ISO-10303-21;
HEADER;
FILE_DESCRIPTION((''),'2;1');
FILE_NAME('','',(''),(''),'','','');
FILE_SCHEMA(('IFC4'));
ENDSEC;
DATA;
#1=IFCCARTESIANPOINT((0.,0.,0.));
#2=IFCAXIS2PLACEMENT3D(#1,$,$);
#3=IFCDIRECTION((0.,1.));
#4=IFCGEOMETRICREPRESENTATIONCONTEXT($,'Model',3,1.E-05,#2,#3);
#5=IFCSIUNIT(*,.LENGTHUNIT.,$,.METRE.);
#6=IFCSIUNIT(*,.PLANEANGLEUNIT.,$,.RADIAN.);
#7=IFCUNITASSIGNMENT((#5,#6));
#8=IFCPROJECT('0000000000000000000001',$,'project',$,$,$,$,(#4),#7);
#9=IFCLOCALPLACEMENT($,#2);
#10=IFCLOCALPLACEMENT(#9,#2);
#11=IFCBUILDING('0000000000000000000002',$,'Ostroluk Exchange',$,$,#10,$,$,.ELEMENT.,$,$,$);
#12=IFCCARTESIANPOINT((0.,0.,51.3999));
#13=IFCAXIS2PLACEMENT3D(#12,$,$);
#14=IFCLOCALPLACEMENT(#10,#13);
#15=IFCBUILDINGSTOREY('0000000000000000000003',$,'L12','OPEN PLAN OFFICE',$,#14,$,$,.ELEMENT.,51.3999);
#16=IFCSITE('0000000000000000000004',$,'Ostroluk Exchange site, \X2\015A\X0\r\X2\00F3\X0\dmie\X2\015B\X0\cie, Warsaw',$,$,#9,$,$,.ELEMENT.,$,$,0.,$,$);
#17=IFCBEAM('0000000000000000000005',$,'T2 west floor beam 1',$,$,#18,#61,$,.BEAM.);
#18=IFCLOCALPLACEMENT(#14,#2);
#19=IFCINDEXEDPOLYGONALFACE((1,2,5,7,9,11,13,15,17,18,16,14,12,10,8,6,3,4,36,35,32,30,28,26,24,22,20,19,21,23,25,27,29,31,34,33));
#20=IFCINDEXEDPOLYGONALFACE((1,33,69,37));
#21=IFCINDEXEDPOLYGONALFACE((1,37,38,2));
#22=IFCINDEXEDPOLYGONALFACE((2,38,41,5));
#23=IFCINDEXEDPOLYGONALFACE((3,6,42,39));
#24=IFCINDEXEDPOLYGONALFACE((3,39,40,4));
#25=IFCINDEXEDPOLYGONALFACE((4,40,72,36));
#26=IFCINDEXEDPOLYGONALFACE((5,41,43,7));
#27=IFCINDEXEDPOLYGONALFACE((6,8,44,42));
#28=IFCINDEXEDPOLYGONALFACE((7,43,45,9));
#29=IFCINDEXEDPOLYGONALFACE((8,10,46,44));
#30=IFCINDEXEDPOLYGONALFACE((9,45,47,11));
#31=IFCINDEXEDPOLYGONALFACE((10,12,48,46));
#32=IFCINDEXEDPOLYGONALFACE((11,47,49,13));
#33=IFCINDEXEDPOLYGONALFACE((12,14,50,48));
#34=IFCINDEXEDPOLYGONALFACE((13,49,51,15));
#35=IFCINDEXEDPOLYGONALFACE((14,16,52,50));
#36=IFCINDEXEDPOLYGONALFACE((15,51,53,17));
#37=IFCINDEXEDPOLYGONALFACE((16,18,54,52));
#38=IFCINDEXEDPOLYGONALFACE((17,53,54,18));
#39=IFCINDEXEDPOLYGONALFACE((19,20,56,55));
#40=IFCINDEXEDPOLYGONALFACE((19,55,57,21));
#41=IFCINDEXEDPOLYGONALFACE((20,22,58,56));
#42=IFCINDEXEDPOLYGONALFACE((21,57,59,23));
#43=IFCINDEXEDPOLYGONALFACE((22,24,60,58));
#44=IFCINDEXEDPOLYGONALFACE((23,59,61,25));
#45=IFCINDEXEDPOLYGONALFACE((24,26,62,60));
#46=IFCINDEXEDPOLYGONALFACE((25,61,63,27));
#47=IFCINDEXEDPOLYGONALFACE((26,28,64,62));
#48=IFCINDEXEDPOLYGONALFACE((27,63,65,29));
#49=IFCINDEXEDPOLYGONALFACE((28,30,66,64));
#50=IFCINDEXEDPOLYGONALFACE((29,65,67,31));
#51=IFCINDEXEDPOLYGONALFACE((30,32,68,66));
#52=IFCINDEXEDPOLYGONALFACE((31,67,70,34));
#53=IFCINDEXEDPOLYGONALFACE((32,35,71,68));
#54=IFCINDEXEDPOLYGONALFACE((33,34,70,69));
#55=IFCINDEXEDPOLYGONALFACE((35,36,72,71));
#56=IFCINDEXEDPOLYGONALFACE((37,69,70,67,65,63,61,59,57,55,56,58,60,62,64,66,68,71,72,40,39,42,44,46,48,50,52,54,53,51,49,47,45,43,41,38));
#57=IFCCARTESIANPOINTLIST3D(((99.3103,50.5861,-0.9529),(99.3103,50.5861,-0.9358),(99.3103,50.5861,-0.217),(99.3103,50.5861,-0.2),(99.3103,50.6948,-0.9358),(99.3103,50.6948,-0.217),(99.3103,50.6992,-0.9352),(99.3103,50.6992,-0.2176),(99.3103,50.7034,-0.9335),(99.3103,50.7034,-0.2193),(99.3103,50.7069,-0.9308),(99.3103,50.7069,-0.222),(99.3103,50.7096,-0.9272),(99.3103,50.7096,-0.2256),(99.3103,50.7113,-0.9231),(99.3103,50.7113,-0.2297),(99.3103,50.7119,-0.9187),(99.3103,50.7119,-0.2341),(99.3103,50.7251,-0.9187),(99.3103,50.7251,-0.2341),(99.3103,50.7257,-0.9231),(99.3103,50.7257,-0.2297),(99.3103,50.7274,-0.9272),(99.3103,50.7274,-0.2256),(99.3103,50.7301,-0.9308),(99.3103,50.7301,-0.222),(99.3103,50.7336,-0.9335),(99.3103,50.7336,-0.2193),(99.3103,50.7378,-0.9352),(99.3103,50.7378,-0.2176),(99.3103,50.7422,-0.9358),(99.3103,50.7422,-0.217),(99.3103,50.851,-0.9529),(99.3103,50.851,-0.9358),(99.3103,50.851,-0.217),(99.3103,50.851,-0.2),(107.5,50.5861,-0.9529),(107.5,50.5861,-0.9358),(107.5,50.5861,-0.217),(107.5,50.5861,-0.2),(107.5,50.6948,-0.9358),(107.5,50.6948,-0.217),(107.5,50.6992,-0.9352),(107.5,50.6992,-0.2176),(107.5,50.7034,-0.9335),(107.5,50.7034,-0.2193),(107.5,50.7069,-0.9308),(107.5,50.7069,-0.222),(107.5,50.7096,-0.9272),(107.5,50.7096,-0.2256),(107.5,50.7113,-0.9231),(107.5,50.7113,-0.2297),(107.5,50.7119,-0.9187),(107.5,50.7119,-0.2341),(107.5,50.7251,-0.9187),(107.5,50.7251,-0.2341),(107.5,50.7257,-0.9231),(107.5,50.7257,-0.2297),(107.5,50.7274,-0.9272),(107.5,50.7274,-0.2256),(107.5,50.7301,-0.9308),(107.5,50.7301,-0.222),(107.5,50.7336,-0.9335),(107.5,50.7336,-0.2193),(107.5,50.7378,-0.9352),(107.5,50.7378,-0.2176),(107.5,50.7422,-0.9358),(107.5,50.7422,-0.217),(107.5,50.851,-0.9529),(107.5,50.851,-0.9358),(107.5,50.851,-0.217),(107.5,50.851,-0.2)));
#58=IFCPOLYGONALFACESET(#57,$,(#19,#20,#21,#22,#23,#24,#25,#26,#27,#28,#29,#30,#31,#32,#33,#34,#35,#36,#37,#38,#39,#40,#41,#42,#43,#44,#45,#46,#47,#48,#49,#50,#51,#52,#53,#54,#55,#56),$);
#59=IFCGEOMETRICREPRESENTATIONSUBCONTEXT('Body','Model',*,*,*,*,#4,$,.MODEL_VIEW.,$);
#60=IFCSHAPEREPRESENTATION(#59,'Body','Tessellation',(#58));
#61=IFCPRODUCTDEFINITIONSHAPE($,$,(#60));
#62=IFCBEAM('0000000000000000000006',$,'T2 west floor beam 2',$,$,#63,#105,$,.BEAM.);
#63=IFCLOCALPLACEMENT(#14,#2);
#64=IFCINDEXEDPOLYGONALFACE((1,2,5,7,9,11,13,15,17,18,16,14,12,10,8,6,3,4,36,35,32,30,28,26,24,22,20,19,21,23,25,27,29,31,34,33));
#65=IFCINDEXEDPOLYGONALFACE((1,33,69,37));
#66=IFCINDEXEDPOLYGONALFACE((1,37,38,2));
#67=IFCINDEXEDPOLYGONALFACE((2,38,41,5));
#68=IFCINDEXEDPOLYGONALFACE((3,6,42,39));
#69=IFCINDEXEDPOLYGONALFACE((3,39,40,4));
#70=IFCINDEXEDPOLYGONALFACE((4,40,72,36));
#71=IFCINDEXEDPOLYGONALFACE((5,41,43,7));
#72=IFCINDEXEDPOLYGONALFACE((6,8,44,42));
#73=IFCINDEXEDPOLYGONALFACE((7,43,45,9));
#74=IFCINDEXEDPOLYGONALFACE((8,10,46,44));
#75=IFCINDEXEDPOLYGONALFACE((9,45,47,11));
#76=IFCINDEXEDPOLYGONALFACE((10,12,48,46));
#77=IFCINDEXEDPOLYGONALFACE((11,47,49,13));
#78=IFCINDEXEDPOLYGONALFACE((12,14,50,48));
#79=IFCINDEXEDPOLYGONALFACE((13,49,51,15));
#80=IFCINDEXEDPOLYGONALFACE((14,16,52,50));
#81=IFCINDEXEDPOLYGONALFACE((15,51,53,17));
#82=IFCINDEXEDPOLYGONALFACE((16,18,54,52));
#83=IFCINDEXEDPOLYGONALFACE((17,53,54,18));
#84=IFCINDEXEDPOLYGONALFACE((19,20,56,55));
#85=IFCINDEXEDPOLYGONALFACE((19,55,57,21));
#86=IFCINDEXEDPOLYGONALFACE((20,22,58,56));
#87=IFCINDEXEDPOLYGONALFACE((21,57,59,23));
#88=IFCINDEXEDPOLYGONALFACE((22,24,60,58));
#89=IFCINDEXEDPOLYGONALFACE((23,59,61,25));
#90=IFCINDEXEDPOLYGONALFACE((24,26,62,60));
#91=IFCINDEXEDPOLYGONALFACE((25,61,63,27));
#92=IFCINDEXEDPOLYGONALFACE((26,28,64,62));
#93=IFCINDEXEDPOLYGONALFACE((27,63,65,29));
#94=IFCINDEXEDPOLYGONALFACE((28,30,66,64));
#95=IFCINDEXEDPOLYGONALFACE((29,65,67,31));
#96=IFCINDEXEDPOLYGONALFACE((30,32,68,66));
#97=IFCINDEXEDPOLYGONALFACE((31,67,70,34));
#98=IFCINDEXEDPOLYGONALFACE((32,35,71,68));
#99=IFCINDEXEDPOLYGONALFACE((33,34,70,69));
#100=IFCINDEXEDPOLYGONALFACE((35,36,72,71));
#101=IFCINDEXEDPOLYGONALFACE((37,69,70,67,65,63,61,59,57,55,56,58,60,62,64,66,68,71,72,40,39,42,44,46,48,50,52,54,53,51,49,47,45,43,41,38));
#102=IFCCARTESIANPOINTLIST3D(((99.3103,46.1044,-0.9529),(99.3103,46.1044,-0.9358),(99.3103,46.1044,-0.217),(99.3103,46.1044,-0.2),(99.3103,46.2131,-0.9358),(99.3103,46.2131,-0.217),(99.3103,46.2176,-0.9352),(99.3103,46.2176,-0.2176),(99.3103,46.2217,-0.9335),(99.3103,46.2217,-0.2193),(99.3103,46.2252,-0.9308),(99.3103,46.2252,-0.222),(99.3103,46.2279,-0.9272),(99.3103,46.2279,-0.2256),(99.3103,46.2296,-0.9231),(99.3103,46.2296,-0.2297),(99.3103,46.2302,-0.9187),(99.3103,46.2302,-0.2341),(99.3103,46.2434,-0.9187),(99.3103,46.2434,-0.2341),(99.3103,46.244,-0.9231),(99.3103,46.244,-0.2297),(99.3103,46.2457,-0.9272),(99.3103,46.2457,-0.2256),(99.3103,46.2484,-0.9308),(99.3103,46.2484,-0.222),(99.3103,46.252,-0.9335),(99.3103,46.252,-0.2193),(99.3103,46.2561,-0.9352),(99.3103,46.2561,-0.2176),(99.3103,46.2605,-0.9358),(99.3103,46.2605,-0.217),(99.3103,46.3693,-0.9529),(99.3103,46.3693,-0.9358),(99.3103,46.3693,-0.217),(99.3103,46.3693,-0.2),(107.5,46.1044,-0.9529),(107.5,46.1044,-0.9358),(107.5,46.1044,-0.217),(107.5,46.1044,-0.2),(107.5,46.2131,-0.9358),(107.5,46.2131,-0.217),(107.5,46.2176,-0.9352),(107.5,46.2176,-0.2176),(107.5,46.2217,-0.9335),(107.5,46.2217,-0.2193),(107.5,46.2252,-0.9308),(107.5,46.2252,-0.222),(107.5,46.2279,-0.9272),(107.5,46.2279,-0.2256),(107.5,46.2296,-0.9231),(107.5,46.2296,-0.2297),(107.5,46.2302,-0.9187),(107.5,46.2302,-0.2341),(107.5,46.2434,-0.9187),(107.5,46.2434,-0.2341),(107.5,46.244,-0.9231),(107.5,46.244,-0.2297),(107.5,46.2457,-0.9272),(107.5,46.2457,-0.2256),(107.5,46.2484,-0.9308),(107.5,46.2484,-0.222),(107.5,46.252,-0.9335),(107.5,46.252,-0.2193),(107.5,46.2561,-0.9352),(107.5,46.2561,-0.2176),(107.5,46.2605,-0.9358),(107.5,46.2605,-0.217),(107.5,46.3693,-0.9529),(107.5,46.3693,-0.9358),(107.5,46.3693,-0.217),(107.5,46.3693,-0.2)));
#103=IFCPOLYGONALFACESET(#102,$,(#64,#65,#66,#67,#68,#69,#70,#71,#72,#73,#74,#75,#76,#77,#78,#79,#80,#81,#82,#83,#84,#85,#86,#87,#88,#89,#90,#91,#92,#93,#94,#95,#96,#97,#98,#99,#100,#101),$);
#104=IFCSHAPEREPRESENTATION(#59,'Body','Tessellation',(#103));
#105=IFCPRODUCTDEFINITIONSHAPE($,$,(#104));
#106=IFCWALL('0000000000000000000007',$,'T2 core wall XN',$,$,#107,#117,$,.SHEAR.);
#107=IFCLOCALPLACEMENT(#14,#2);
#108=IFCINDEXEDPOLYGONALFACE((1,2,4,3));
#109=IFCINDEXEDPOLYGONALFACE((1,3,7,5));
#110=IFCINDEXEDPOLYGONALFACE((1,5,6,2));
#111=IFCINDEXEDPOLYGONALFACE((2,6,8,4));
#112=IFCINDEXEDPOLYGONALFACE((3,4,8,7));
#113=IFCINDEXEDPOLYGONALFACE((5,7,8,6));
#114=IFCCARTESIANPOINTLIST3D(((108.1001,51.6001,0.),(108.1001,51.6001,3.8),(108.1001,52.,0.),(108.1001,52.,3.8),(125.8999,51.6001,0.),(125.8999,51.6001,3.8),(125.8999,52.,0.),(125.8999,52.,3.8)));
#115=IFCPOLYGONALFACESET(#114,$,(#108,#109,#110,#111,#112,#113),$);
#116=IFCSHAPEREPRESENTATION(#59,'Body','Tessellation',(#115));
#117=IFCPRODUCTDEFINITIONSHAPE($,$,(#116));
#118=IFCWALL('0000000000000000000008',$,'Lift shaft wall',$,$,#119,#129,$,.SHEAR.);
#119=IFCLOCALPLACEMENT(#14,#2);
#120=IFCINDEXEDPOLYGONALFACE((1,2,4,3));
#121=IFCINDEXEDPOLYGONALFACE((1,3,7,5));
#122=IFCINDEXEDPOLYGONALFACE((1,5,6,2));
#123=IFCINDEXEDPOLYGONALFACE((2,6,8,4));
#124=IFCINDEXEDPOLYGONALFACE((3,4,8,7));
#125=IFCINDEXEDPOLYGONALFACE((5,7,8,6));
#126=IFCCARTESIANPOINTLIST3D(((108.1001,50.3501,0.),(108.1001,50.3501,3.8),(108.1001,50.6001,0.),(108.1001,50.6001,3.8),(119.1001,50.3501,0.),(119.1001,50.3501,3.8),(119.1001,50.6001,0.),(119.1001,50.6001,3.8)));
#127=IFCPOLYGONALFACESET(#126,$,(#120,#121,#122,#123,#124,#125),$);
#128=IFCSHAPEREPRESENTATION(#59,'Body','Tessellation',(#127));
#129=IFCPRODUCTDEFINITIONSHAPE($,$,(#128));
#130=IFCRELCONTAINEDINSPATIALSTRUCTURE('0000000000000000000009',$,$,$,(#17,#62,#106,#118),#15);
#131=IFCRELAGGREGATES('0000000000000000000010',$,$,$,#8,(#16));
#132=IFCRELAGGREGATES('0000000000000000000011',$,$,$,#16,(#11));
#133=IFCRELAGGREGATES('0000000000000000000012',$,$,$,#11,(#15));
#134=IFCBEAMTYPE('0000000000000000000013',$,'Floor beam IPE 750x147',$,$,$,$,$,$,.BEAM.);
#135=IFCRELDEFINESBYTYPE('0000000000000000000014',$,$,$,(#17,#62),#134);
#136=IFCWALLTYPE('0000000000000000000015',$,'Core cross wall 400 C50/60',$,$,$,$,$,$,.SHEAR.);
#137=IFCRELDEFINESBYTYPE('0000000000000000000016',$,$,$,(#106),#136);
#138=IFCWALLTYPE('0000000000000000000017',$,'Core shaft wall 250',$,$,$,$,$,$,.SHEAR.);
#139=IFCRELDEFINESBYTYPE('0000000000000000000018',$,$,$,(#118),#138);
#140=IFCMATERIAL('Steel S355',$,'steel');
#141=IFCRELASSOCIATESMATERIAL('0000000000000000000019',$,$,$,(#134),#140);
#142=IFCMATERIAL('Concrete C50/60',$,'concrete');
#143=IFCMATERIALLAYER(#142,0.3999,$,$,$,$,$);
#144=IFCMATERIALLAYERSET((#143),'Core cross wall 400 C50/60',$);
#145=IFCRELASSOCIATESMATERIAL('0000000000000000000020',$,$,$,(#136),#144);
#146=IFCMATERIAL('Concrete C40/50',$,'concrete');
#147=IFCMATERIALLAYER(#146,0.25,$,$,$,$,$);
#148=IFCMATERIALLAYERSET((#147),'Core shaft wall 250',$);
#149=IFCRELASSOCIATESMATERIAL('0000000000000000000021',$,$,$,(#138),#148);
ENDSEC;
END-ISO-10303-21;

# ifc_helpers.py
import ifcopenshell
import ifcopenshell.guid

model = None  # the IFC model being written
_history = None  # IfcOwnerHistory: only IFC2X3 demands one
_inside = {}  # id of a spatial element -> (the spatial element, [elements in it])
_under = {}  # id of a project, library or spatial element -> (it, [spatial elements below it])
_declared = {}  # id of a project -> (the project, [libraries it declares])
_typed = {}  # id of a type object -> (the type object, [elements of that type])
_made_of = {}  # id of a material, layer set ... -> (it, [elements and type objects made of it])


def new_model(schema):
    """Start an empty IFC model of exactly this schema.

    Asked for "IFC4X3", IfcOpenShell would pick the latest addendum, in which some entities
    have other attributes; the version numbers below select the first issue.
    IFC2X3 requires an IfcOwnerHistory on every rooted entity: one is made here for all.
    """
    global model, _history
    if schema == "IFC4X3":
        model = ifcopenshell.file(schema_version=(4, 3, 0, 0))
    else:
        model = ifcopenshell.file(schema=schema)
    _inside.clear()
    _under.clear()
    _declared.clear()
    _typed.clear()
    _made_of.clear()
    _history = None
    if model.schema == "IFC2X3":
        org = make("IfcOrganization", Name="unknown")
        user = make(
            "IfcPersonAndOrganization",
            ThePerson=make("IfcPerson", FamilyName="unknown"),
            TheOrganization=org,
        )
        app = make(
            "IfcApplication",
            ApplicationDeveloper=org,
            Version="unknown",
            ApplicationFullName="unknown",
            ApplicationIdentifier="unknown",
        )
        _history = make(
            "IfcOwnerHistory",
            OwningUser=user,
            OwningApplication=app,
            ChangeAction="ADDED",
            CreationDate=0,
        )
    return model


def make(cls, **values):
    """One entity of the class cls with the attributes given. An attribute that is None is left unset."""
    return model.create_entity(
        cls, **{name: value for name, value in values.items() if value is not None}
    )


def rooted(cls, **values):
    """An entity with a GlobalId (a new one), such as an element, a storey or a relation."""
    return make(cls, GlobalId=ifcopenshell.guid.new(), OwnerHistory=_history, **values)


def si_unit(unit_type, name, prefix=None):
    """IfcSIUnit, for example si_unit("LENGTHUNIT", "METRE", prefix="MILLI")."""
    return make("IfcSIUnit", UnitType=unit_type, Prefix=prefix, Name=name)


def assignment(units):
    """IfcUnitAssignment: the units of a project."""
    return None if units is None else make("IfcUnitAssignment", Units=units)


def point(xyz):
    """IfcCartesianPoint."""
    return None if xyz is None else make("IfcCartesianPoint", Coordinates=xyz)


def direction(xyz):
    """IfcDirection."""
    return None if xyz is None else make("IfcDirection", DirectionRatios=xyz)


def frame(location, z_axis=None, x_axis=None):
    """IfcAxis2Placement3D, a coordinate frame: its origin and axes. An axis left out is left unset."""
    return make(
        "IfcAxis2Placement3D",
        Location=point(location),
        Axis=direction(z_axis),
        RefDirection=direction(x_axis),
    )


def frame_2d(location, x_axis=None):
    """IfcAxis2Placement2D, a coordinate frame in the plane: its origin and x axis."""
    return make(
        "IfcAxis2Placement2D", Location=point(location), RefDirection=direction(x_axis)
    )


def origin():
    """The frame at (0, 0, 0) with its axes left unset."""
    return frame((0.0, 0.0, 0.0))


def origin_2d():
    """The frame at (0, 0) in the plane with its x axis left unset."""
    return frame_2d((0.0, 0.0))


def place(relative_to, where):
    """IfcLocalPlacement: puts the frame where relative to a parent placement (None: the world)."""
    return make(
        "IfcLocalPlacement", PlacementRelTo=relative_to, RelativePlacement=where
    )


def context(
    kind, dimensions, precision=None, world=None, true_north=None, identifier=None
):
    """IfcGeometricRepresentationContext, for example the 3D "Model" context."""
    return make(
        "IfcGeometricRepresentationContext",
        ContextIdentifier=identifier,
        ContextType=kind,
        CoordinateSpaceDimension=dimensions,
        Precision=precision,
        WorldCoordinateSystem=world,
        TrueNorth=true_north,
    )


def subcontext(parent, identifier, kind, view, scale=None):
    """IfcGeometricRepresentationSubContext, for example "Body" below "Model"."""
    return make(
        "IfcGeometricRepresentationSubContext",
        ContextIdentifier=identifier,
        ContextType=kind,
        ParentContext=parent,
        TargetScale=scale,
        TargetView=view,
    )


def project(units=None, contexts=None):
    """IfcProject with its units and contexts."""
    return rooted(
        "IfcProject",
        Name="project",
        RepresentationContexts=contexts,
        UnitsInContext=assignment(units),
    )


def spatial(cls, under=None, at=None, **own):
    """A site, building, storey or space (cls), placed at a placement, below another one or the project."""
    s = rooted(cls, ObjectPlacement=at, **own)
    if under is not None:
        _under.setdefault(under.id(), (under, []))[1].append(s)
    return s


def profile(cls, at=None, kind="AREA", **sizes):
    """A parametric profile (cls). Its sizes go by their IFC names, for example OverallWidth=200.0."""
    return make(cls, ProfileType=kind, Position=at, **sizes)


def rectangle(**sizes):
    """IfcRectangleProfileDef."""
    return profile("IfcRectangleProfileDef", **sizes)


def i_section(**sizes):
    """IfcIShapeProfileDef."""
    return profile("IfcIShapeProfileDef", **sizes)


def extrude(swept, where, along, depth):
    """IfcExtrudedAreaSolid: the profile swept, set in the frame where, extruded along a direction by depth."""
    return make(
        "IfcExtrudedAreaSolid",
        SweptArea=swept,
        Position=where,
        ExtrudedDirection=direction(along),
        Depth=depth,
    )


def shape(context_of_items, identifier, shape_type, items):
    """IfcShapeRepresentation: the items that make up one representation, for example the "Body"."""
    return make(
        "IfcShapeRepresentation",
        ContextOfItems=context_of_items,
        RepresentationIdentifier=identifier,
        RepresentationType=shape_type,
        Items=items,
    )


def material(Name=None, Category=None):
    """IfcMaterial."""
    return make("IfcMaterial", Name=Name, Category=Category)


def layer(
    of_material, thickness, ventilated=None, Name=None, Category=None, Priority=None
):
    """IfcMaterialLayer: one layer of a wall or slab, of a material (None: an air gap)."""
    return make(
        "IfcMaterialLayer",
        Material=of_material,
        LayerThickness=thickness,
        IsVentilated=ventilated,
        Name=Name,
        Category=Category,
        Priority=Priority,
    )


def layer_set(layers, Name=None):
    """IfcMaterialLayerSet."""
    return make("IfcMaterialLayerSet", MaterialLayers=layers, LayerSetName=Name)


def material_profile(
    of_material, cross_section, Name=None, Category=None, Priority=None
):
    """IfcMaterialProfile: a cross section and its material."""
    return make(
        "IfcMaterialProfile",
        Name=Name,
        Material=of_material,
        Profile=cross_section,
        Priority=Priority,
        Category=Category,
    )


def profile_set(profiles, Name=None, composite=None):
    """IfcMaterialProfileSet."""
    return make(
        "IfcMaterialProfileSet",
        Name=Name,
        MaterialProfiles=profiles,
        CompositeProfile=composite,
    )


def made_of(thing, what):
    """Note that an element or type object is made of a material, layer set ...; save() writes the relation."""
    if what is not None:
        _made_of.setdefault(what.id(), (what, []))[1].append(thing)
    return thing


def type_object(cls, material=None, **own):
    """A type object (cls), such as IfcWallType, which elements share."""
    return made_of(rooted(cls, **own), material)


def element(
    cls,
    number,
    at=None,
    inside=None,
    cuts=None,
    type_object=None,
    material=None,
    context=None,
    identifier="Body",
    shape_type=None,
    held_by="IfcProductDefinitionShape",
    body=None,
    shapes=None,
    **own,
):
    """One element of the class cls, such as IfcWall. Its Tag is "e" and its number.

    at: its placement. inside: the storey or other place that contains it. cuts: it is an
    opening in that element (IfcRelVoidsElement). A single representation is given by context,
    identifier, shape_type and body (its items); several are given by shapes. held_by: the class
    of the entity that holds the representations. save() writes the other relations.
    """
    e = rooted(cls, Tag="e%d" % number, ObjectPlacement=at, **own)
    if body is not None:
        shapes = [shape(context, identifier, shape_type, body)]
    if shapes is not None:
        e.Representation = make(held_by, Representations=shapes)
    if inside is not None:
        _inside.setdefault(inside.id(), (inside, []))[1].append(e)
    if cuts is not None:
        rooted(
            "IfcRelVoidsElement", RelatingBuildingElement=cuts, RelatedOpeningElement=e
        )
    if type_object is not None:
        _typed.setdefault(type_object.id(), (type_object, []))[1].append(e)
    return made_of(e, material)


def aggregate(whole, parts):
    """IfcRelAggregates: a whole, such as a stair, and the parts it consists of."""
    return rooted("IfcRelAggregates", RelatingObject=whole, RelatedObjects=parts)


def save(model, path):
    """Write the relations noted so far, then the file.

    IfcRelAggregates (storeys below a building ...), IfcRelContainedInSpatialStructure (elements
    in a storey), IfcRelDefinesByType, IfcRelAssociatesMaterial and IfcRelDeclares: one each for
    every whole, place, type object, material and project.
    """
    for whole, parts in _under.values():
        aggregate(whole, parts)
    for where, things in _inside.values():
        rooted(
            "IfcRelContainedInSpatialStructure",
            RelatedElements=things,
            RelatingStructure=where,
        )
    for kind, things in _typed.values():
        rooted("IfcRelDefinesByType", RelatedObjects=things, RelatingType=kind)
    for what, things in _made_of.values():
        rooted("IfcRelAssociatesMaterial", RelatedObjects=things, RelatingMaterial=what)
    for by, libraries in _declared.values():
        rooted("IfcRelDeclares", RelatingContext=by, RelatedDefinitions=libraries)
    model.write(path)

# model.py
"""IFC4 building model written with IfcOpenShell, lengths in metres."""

from ifc_helpers import new_model, si_unit, direction, frame, frame_2d, origin, origin_2d, place, context, subcontext, project, spatial, rectangle, i_section, extrude, material, layer, layer_set, material_profile, profile_set, type_object, element, save


model = new_model("IFC4")

# Units and contexts
model_context = context("Model", 3, precision=1e-05, world=origin(), true_north=direction((0.0, 1.0)))
body_context = subcontext(model_context, "Body", "Model", "MODEL_VIEW")
ifc_project = project(units=[si_unit("LENGTHUNIT", "METRE"), si_unit("PLANEANGLEUNIT", "RADIAN")], contexts=[model_context])

# Site, building, storey
site_placement = place(None, origin())
site = spatial("IfcSite", under=ifc_project, at=site_placement, Name="Ostroluk Exchange site, Śródmieście, Warsaw", CompositionType="ELEMENT", RefElevation=0.0)
building_placement = place(site_placement, origin())
building = spatial("IfcBuilding", under=site, at=building_placement, Name="Ostroluk Exchange", CompositionType="ELEMENT")
storey_placement = place(building_placement, frame((0.0, 0.0, 51.3999)))
storey = spatial("IfcBuildingStorey", under=building, at=storey_placement, Name="L12", Description="OPEN PLAN OFFICE", CompositionType="ELEMENT", Elevation=51.3999)

# Beams
ifc_material_1 = material(Name="Steel S355", Category="steel")
ifc_material_profile = material_profile(ifc_material_1, i_section(OverallWidth=0.2649, OverallDepth=0.7529, WebThickness=0.0132, FlangeThickness=0.0171, FilletRadius=0.0171, at=origin_2d()), Name="IPE 750x147")
ifc_profile_set = profile_set([ifc_material_profile], Name="Steel S355")
beam_type = type_object("IfcBeamType", Name="Floor beam IPE 750x147", PredefinedType="BEAM", material=ifc_profile_set)
for number, where, z_axis, x_axis, name in (
    (1, (107.5, 50.7185, -0.5764), (-1.0, 0.0, 0.0), (0.0, -1.0, 0.0), "T2 west floor beam 1"),
    (2, (107.5, 46.2368, -0.5764), (-1.0, 0.0, 0.0), (0.0, -1.0, 0.0), "T2 west floor beam 2"),
):
    element("IfcBeam", number, at=place(storey_placement, frame(where, z_axis=z_axis, x_axis=x_axis)), inside=storey, type_object=beam_type, Name=name, PredefinedType="BEAM", context=body_context, shape_type="SweptSolid", body=[
        extrude(i_section(OverallWidth=0.2649, OverallDepth=0.7529, WebThickness=0.0132, FlangeThickness=0.0171, FilletRadius=0.0171, at=origin_2d()), origin(), (0.0, 0.0, 1.0), 8.1897),
    ])

# Walls
ifc_material_2 = material(Name="Concrete C50/60", Category="concrete")
ifc_layer_1 = layer(ifc_material_2, 0.3999)
ifc_layer_set_1 = layer_set([ifc_layer_1], Name="Core cross wall 400 C50/60")
wall_type_1 = type_object("IfcWallType", Name="Core cross wall 400 C50/60", PredefinedType="SHEAR", material=ifc_layer_set_1)
wall_1_placement = place(storey_placement, frame((108.1001, 51.8, 0.0), z_axis=(0.0, 0.0, 1.0), x_axis=(1.0, 0.0, 0.0)))
element("IfcWall", 3, at=wall_1_placement, inside=storey, type_object=wall_type_1, Name="T2 core wall XN", PredefinedType="SHEAR", context=body_context, shape_type="SweptSolid", body=[
    extrude(rectangle(XDim=17.7998, YDim=0.3999, at=frame_2d((8.8999, 0.0))), origin(), (0.0, 0.0, 1.0), 3.8),
])
ifc_material_3 = material(Name="Concrete C40/50", Category="concrete")
ifc_layer_2 = layer(ifc_material_3, 0.25)
ifc_layer_set_2 = layer_set([ifc_layer_2], Name="Core shaft wall 250")
wall_type_2 = type_object("IfcWallType", Name="Core shaft wall 250", PredefinedType="SHEAR", material=ifc_layer_set_2)
wall_2_placement = place(storey_placement, frame((108.1001, 50.4751, 0.0), z_axis=(0.0, 0.0, 1.0), x_axis=(1.0, 0.0, 0.0)))
element("IfcWall", 4, at=wall_2_placement, inside=storey, type_object=wall_type_2, Name="Lift shaft wall", PredefinedType="SHEAR", context=body_context, shape_type="SweptSolid", body=[
    extrude(rectangle(XDim=11.0, YDim=0.25, at=frame_2d((5.5, 0.0))), origin(), (0.0, 0.0, 1.0), 3.8),
])

save(model, "model.ifc")
